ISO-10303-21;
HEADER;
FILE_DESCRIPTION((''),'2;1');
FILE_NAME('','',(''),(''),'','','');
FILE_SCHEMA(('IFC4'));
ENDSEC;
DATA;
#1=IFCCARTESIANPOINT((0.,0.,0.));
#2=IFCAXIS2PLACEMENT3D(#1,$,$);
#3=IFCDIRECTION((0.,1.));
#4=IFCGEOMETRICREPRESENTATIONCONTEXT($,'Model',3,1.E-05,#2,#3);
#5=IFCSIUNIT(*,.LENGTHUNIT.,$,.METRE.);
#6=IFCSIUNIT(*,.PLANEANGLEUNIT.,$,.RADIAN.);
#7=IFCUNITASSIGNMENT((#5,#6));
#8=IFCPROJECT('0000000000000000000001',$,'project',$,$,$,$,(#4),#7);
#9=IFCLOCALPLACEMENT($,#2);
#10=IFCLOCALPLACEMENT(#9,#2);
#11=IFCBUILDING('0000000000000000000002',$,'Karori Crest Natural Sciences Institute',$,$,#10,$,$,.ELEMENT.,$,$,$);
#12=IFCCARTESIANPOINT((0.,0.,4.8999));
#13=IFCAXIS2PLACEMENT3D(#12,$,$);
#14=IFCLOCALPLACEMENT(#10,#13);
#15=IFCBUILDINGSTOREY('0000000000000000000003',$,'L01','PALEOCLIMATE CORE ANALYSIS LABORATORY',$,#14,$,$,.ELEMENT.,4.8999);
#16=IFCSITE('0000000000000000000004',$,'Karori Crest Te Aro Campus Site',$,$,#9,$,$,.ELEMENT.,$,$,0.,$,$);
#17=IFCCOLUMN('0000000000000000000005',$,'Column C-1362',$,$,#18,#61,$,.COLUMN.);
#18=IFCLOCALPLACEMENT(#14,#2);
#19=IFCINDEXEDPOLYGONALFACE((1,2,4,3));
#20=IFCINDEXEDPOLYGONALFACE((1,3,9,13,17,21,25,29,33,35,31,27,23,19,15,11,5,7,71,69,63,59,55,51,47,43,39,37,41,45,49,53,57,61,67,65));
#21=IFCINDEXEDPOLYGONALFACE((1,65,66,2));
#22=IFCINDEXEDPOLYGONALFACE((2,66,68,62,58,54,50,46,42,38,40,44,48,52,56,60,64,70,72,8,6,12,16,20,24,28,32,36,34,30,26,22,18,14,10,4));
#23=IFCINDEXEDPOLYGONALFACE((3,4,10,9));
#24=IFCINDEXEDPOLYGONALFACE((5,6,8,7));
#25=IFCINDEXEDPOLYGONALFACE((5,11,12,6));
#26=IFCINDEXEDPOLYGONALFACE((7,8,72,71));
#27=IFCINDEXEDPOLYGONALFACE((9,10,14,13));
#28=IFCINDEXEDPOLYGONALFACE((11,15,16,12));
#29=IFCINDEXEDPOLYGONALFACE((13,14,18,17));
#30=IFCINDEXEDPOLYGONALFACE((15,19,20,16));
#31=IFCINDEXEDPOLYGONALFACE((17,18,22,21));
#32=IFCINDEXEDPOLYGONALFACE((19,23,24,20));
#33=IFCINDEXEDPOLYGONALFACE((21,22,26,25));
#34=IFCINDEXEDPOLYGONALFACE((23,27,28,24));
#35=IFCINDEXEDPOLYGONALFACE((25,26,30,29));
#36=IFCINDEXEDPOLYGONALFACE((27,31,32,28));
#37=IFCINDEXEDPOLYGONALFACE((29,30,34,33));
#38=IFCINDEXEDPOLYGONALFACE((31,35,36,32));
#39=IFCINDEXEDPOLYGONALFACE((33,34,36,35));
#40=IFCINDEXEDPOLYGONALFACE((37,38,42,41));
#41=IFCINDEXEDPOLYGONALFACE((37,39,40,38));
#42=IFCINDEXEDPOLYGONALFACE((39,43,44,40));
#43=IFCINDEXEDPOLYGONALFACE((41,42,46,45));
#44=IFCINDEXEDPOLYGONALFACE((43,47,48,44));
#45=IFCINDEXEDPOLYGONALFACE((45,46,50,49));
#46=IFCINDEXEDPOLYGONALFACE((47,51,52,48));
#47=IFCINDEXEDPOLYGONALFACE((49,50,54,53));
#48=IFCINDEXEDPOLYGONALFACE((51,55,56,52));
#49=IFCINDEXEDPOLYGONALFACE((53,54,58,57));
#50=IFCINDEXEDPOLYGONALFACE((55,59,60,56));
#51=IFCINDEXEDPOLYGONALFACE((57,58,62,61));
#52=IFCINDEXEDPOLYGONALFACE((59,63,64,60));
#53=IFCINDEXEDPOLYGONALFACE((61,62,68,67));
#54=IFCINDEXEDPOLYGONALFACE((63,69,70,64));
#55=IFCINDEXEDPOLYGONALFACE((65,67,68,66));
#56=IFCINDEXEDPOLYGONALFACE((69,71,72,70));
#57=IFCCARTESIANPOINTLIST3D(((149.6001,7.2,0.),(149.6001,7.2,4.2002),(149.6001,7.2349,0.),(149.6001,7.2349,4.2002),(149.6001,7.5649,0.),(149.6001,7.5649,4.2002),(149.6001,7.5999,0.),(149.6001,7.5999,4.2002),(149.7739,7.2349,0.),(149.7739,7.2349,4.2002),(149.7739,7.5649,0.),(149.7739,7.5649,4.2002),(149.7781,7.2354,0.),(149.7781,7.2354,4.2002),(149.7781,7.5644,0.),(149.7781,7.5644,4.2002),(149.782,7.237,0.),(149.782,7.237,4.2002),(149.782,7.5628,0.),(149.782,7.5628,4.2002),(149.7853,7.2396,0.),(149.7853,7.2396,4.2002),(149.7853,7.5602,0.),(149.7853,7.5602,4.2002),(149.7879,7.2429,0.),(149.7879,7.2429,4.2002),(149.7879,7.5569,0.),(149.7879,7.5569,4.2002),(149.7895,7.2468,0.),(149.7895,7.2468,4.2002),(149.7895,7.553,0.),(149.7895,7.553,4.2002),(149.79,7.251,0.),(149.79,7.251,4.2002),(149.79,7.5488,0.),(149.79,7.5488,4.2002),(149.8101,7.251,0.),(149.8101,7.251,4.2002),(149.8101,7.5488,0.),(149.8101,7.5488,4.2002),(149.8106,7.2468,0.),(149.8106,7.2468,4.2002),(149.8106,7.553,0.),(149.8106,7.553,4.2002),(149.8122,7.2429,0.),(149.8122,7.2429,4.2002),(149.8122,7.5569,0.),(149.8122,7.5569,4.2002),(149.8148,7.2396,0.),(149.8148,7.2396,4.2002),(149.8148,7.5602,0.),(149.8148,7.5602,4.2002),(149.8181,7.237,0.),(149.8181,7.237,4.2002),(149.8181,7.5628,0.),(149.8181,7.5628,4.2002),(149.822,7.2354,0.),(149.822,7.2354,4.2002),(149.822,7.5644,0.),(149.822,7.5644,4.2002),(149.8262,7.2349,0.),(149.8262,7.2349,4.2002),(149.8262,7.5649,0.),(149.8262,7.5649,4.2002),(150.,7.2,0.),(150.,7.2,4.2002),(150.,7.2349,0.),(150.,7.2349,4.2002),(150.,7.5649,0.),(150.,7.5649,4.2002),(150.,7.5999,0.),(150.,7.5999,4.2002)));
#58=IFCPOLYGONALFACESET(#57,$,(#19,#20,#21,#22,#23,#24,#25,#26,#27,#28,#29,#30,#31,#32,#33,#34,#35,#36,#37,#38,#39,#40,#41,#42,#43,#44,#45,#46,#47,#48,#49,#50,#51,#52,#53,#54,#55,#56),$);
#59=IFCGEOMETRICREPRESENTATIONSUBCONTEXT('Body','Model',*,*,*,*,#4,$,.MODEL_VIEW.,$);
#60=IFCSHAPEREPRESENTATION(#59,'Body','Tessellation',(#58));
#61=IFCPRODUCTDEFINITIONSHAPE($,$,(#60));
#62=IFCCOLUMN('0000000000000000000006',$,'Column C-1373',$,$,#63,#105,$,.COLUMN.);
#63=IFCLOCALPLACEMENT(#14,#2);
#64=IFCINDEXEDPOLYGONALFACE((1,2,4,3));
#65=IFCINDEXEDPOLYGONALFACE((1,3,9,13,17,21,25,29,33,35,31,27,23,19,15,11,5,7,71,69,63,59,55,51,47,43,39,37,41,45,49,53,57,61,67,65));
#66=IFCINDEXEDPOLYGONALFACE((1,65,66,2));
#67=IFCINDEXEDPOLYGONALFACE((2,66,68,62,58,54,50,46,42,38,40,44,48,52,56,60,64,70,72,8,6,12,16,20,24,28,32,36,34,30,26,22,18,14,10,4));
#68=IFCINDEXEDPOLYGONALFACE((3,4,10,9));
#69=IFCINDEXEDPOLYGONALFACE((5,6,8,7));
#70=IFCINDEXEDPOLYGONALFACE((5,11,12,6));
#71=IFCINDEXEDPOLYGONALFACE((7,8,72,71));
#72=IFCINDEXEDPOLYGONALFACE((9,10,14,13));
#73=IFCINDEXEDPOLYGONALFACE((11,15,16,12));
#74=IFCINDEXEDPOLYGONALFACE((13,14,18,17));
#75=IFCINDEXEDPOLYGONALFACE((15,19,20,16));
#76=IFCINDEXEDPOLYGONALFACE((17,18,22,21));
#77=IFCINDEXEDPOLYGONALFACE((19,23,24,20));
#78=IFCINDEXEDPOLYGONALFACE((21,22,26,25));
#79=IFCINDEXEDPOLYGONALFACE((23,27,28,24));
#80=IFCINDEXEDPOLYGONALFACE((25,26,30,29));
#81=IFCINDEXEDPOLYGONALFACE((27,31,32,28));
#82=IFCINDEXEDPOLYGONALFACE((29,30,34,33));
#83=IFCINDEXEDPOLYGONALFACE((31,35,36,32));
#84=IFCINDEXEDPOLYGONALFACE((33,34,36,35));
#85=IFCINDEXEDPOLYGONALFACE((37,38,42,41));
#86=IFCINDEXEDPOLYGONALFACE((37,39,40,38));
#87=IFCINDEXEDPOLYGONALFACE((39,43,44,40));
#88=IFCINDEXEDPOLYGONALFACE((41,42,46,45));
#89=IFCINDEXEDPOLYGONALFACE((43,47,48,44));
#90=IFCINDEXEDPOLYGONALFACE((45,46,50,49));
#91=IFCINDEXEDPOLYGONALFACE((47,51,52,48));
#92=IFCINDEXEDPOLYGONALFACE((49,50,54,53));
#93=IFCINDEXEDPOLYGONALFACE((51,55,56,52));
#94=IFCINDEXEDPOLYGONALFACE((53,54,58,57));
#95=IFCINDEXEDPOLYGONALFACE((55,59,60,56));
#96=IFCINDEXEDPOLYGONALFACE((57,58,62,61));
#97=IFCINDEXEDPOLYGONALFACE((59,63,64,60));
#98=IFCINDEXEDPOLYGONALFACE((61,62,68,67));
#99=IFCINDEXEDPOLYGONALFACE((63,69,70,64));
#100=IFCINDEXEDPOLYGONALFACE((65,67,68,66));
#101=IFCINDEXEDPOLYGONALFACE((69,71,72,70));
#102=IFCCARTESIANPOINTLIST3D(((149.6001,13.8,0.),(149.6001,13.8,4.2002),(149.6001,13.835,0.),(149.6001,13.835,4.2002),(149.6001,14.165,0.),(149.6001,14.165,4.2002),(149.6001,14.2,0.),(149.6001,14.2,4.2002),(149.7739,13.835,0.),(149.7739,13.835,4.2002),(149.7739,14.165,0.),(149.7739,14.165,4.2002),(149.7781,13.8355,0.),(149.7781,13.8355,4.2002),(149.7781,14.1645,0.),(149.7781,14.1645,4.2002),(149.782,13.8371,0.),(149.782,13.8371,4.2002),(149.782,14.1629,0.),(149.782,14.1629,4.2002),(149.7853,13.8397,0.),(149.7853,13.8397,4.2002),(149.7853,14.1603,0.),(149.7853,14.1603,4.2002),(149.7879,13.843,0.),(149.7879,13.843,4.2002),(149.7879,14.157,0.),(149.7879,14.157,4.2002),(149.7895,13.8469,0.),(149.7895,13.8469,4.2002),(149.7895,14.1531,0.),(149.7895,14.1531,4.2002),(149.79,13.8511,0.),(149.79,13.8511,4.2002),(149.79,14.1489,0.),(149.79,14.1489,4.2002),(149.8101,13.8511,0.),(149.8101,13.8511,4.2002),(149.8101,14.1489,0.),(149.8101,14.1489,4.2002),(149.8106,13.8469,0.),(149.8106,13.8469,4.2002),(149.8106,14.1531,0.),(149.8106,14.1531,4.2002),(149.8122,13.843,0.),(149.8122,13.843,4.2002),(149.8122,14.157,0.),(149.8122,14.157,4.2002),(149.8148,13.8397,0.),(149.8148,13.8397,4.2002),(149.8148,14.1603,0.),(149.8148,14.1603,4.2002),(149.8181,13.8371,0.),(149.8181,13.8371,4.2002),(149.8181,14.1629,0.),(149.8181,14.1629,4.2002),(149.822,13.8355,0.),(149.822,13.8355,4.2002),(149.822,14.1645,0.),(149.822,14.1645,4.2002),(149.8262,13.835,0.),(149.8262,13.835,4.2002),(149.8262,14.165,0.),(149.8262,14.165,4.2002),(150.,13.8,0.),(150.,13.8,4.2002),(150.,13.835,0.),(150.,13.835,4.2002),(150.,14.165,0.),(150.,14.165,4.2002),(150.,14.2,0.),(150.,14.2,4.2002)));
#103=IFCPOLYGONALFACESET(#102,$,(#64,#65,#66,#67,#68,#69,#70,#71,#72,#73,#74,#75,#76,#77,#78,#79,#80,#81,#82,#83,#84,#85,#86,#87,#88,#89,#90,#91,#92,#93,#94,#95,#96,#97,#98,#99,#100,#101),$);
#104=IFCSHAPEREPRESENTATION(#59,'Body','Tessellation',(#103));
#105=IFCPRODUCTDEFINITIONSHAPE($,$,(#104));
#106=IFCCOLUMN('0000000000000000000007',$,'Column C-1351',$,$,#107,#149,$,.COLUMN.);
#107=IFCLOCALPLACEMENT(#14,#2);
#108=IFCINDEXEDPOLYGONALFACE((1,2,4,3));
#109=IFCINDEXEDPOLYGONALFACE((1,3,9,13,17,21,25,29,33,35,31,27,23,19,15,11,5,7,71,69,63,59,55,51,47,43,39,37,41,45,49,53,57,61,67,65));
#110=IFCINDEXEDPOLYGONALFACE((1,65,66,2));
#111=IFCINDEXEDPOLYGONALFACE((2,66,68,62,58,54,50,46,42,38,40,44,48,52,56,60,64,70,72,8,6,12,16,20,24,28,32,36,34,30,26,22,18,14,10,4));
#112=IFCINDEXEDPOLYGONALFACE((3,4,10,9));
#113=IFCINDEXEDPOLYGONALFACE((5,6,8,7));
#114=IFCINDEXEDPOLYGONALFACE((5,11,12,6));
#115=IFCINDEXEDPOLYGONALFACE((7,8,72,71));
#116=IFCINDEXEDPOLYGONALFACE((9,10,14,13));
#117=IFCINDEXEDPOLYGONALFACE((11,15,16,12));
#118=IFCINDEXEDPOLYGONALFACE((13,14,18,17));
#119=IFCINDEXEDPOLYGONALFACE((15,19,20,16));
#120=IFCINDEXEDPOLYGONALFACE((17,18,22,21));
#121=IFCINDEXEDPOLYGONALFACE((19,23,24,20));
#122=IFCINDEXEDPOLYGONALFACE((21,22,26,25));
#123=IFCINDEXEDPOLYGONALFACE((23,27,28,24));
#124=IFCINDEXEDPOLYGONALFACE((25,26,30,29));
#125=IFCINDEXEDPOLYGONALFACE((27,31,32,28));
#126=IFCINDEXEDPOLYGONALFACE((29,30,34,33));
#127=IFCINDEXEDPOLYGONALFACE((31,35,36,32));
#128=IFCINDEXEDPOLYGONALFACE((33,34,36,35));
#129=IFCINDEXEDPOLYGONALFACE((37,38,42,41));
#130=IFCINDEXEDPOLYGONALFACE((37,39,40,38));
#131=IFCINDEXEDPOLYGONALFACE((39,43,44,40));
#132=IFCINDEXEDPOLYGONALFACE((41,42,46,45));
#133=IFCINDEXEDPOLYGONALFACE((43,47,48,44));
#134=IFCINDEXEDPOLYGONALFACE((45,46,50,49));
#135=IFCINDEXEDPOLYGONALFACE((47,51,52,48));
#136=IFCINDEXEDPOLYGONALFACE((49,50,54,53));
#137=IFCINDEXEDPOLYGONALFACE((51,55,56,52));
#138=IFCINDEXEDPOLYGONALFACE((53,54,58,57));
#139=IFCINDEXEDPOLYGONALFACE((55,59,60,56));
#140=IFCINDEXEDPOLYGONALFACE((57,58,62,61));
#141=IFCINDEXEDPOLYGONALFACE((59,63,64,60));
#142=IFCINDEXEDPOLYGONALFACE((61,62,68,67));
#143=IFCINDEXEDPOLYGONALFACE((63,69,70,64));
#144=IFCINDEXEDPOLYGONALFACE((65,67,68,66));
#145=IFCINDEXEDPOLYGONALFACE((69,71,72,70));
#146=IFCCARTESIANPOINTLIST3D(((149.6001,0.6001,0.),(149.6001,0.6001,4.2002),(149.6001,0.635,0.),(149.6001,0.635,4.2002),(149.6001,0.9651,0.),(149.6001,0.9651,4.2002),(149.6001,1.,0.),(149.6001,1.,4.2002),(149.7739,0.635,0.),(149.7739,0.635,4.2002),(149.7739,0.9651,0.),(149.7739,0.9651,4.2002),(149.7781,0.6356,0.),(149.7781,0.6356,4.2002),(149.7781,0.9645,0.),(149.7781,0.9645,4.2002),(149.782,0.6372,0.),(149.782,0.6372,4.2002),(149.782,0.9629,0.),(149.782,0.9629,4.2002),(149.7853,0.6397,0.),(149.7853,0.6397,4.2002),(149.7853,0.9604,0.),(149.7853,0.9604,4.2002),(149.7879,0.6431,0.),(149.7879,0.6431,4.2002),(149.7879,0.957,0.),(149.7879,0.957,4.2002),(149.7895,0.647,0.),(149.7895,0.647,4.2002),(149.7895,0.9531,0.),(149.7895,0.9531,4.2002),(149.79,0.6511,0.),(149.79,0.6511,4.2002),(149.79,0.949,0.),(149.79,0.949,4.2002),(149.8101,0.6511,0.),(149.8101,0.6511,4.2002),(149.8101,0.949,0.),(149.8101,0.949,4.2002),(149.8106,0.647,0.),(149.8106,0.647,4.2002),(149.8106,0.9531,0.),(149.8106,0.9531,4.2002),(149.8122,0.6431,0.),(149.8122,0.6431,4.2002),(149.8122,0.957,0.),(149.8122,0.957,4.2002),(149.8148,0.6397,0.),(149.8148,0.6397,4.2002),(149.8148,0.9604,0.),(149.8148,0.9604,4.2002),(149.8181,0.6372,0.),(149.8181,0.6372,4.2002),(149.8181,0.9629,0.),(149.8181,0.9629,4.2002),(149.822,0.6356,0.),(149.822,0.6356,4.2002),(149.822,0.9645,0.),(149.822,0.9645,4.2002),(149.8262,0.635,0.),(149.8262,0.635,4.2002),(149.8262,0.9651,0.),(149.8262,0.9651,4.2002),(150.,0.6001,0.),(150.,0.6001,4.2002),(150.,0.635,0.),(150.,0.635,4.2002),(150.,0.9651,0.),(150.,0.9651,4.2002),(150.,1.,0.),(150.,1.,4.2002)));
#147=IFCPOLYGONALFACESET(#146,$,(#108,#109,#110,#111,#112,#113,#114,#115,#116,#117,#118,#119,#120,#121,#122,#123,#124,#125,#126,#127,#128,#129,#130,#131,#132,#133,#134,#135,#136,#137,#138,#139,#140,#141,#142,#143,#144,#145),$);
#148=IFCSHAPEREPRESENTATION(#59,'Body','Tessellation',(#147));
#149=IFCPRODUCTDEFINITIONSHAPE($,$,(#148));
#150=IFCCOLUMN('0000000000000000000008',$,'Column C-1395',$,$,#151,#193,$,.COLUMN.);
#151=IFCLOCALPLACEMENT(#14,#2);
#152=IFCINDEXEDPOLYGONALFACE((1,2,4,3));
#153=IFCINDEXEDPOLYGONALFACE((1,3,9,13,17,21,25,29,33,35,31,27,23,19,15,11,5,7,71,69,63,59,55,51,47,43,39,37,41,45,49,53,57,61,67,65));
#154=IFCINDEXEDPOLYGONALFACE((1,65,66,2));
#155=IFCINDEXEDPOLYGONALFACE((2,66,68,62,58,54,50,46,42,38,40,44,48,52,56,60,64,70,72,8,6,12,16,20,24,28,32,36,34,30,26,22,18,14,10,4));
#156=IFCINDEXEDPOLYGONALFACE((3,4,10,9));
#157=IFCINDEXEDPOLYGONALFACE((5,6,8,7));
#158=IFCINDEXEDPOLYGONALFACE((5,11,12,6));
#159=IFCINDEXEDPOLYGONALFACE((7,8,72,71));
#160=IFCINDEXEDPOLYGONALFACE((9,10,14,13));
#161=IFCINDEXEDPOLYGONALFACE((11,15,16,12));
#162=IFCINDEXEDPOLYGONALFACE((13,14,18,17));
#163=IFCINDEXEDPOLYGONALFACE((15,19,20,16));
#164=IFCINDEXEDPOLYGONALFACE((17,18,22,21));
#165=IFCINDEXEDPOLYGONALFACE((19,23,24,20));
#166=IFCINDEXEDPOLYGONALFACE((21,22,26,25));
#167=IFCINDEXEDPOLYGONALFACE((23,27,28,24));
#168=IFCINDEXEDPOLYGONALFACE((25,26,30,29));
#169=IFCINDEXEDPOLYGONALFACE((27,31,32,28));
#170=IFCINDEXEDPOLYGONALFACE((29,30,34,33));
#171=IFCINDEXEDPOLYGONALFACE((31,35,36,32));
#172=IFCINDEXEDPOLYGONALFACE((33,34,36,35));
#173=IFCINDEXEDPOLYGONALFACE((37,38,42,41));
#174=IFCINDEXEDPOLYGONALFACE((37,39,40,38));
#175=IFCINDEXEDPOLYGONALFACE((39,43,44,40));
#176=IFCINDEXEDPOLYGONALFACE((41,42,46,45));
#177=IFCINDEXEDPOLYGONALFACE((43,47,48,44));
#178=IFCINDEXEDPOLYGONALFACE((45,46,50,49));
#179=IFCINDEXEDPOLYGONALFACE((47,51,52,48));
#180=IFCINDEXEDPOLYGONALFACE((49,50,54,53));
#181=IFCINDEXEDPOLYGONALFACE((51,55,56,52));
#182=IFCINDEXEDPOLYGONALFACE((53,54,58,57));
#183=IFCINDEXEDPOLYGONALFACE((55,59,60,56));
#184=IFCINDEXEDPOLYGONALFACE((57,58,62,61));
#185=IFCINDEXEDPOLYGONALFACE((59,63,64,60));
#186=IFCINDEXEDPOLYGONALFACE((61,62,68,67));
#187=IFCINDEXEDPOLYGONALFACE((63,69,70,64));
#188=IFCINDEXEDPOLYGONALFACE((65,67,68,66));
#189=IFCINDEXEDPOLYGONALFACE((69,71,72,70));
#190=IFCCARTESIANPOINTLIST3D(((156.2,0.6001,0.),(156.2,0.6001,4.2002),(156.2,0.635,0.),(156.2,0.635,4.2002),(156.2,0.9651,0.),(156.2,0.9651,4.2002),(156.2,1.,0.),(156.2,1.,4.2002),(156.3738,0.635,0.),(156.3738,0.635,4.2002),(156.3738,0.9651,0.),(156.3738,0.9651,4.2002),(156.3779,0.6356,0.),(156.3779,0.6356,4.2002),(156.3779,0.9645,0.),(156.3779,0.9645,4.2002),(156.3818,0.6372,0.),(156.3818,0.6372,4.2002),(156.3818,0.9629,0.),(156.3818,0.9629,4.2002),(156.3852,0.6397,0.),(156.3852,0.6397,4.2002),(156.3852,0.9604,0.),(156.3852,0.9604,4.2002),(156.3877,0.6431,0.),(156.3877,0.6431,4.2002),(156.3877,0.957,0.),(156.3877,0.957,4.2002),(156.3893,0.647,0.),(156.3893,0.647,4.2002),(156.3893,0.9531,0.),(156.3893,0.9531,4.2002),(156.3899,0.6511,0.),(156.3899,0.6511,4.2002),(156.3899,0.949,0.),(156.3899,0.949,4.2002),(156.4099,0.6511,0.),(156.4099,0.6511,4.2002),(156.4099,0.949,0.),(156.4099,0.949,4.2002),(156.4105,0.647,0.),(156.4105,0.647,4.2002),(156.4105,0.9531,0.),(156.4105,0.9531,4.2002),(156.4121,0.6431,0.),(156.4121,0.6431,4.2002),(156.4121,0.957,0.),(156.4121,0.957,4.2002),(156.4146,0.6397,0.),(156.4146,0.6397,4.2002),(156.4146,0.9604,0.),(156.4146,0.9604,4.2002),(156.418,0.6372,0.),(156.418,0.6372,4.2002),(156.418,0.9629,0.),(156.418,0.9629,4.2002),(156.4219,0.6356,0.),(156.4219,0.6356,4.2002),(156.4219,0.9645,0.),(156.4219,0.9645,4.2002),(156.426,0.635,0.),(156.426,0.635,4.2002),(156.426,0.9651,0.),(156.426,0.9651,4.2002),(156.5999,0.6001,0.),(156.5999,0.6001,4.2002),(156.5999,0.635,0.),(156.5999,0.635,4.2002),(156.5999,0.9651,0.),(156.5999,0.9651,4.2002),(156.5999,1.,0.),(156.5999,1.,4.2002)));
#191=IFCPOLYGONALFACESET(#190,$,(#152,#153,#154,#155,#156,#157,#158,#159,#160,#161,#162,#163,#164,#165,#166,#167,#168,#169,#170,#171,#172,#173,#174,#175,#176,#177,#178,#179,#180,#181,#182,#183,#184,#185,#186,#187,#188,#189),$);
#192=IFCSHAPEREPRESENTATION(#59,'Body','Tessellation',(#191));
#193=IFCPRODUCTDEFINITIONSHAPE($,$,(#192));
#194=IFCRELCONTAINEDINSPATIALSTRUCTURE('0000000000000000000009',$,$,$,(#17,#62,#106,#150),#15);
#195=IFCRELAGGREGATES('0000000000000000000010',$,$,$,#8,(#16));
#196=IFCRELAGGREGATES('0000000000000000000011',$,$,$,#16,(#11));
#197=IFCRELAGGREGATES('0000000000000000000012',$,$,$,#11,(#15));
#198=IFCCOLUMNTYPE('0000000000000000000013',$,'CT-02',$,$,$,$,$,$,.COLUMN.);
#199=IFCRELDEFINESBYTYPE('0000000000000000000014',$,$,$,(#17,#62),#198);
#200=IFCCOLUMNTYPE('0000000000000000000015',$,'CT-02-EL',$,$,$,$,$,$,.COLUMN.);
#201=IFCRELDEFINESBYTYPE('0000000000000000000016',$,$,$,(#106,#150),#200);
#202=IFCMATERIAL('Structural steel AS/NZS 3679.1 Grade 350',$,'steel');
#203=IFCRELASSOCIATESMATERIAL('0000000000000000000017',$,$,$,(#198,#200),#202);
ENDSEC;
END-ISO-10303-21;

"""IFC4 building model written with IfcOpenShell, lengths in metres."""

from ifc_helpers import new_model, si_unit, direction, frame, origin, origin_2d, place, context, subcontext, project, spatial, i_section, extrude, material, material_profile, profile_set, type_object, element, save


model = new_model("IFC4")

# Units and contexts
model_context = context("Model", 3, precision=1e-05, world=origin(), true_north=direction((0.0, 1.0)))
body_context = subcontext(model_context, "Body", "Model", "MODEL_VIEW")
ifc_project = project(units=[si_unit("LENGTHUNIT", "METRE"), si_unit("PLANEANGLEUNIT", "RADIAN")], contexts=[model_context])

# Site, building, storey
site_placement = place(None, origin())
site = spatial("IfcSite", under=ifc_project, at=site_placement, Name="Karori Crest Te Aro Campus Site", CompositionType="ELEMENT", RefElevation=0.0)
building_placement = place(site_placement, origin())
building = spatial("IfcBuilding", under=site, at=building_placement, Name="Karori Crest Natural Sciences Institute", CompositionType="ELEMENT")
storey_placement = place(building_placement, frame((0.0, 0.0, 4.8999)))
storey = spatial("IfcBuildingStorey", under=building, at=storey_placement, Name="L01", Description="PALEOCLIMATE CORE ANALYSIS LABORATORY", CompositionType="ELEMENT", Elevation=4.8999)

# Columns
ifc_material_1 = material(Name="Structural steel AS/NZS 3679.1 Grade 350", Category="steel")
ifc_material_profile_1 = material_profile(ifc_material_1, i_section(OverallWidth=0.3999, OverallDepth=0.3999, WebThickness=0.02, FlangeThickness=0.0349, FilletRadius=0.0161, at=origin_2d()), Name="400WC328")
ifc_profile_set_1 = profile_set([ifc_material_profile_1], Name="Structural steel AS/NZS 3679.1 Grade 350")
column_type_1 = type_object("IfcColumnType", Name="CT-02", PredefinedType="COLUMN", material=ifc_profile_set_1)
for number, where, z_axis, x_axis, name in (
    (1, (149.8, 7.3999, 0.0), (0.0, 0.0, 1.0), (1.0, 0.0, 0.0), "Column C-1362"),
    (2, (149.8, 14.0, 0.0), (0.0, 0.0, 1.0), (1.0, 0.0, 0.0), "Column C-1373"),
):
    element("IfcColumn", number, at=place(storey_placement, frame(where, z_axis=z_axis, x_axis=x_axis)), inside=storey, type_object=column_type_1, Name=name, PredefinedType="COLUMN", context=body_context, shape_type="SweptSolid", body=[
        extrude(i_section(OverallWidth=0.3999, OverallDepth=0.3999, WebThickness=0.02, FlangeThickness=0.0349, FilletRadius=0.0161, at=origin_2d()), origin(), (0.0, 0.0, 1.0), 4.2002),
    ])
ifc_material_profile_2 = material_profile(ifc_material_1, i_section(OverallWidth=0.3999, OverallDepth=0.3999, WebThickness=0.02, FlangeThickness=0.0349, FilletRadius=0.0161, at=origin_2d()), Name="400WC328")
ifc_profile_set_2 = profile_set([ifc_material_profile_2], Name="Structural steel AS/NZS 3679.1 Grade 350")
column_type_2 = type_object("IfcColumnType", Name="CT-02-EL", PredefinedType="COLUMN", material=ifc_profile_set_2)
for number, where, z_axis, x_axis, name in (
    (3, (149.8, 0.8, 0.0), (0.0, 0.0, 1.0), (1.0, 0.0, 0.0), "Column C-1351"),
    (4, (156.3999, 0.8, 0.0), (0.0, 0.0, 1.0), (1.0, 0.0, 0.0), "Column C-1395"),
):
    element("IfcColumn", number, at=place(storey_placement, frame(where, z_axis=z_axis, x_axis=x_axis)), inside=storey, type_object=column_type_2, Name=name, PredefinedType="COLUMN", context=body_context, shape_type="SweptSolid", body=[
        extrude(i_section(OverallWidth=0.3999, OverallDepth=0.3999, WebThickness=0.02, FlangeThickness=0.0349, FilletRadius=0.0161, at=origin_2d()), origin(), (0.0, 0.0, 1.0), 4.2002),
    ])

save(model, "model.ifc")
